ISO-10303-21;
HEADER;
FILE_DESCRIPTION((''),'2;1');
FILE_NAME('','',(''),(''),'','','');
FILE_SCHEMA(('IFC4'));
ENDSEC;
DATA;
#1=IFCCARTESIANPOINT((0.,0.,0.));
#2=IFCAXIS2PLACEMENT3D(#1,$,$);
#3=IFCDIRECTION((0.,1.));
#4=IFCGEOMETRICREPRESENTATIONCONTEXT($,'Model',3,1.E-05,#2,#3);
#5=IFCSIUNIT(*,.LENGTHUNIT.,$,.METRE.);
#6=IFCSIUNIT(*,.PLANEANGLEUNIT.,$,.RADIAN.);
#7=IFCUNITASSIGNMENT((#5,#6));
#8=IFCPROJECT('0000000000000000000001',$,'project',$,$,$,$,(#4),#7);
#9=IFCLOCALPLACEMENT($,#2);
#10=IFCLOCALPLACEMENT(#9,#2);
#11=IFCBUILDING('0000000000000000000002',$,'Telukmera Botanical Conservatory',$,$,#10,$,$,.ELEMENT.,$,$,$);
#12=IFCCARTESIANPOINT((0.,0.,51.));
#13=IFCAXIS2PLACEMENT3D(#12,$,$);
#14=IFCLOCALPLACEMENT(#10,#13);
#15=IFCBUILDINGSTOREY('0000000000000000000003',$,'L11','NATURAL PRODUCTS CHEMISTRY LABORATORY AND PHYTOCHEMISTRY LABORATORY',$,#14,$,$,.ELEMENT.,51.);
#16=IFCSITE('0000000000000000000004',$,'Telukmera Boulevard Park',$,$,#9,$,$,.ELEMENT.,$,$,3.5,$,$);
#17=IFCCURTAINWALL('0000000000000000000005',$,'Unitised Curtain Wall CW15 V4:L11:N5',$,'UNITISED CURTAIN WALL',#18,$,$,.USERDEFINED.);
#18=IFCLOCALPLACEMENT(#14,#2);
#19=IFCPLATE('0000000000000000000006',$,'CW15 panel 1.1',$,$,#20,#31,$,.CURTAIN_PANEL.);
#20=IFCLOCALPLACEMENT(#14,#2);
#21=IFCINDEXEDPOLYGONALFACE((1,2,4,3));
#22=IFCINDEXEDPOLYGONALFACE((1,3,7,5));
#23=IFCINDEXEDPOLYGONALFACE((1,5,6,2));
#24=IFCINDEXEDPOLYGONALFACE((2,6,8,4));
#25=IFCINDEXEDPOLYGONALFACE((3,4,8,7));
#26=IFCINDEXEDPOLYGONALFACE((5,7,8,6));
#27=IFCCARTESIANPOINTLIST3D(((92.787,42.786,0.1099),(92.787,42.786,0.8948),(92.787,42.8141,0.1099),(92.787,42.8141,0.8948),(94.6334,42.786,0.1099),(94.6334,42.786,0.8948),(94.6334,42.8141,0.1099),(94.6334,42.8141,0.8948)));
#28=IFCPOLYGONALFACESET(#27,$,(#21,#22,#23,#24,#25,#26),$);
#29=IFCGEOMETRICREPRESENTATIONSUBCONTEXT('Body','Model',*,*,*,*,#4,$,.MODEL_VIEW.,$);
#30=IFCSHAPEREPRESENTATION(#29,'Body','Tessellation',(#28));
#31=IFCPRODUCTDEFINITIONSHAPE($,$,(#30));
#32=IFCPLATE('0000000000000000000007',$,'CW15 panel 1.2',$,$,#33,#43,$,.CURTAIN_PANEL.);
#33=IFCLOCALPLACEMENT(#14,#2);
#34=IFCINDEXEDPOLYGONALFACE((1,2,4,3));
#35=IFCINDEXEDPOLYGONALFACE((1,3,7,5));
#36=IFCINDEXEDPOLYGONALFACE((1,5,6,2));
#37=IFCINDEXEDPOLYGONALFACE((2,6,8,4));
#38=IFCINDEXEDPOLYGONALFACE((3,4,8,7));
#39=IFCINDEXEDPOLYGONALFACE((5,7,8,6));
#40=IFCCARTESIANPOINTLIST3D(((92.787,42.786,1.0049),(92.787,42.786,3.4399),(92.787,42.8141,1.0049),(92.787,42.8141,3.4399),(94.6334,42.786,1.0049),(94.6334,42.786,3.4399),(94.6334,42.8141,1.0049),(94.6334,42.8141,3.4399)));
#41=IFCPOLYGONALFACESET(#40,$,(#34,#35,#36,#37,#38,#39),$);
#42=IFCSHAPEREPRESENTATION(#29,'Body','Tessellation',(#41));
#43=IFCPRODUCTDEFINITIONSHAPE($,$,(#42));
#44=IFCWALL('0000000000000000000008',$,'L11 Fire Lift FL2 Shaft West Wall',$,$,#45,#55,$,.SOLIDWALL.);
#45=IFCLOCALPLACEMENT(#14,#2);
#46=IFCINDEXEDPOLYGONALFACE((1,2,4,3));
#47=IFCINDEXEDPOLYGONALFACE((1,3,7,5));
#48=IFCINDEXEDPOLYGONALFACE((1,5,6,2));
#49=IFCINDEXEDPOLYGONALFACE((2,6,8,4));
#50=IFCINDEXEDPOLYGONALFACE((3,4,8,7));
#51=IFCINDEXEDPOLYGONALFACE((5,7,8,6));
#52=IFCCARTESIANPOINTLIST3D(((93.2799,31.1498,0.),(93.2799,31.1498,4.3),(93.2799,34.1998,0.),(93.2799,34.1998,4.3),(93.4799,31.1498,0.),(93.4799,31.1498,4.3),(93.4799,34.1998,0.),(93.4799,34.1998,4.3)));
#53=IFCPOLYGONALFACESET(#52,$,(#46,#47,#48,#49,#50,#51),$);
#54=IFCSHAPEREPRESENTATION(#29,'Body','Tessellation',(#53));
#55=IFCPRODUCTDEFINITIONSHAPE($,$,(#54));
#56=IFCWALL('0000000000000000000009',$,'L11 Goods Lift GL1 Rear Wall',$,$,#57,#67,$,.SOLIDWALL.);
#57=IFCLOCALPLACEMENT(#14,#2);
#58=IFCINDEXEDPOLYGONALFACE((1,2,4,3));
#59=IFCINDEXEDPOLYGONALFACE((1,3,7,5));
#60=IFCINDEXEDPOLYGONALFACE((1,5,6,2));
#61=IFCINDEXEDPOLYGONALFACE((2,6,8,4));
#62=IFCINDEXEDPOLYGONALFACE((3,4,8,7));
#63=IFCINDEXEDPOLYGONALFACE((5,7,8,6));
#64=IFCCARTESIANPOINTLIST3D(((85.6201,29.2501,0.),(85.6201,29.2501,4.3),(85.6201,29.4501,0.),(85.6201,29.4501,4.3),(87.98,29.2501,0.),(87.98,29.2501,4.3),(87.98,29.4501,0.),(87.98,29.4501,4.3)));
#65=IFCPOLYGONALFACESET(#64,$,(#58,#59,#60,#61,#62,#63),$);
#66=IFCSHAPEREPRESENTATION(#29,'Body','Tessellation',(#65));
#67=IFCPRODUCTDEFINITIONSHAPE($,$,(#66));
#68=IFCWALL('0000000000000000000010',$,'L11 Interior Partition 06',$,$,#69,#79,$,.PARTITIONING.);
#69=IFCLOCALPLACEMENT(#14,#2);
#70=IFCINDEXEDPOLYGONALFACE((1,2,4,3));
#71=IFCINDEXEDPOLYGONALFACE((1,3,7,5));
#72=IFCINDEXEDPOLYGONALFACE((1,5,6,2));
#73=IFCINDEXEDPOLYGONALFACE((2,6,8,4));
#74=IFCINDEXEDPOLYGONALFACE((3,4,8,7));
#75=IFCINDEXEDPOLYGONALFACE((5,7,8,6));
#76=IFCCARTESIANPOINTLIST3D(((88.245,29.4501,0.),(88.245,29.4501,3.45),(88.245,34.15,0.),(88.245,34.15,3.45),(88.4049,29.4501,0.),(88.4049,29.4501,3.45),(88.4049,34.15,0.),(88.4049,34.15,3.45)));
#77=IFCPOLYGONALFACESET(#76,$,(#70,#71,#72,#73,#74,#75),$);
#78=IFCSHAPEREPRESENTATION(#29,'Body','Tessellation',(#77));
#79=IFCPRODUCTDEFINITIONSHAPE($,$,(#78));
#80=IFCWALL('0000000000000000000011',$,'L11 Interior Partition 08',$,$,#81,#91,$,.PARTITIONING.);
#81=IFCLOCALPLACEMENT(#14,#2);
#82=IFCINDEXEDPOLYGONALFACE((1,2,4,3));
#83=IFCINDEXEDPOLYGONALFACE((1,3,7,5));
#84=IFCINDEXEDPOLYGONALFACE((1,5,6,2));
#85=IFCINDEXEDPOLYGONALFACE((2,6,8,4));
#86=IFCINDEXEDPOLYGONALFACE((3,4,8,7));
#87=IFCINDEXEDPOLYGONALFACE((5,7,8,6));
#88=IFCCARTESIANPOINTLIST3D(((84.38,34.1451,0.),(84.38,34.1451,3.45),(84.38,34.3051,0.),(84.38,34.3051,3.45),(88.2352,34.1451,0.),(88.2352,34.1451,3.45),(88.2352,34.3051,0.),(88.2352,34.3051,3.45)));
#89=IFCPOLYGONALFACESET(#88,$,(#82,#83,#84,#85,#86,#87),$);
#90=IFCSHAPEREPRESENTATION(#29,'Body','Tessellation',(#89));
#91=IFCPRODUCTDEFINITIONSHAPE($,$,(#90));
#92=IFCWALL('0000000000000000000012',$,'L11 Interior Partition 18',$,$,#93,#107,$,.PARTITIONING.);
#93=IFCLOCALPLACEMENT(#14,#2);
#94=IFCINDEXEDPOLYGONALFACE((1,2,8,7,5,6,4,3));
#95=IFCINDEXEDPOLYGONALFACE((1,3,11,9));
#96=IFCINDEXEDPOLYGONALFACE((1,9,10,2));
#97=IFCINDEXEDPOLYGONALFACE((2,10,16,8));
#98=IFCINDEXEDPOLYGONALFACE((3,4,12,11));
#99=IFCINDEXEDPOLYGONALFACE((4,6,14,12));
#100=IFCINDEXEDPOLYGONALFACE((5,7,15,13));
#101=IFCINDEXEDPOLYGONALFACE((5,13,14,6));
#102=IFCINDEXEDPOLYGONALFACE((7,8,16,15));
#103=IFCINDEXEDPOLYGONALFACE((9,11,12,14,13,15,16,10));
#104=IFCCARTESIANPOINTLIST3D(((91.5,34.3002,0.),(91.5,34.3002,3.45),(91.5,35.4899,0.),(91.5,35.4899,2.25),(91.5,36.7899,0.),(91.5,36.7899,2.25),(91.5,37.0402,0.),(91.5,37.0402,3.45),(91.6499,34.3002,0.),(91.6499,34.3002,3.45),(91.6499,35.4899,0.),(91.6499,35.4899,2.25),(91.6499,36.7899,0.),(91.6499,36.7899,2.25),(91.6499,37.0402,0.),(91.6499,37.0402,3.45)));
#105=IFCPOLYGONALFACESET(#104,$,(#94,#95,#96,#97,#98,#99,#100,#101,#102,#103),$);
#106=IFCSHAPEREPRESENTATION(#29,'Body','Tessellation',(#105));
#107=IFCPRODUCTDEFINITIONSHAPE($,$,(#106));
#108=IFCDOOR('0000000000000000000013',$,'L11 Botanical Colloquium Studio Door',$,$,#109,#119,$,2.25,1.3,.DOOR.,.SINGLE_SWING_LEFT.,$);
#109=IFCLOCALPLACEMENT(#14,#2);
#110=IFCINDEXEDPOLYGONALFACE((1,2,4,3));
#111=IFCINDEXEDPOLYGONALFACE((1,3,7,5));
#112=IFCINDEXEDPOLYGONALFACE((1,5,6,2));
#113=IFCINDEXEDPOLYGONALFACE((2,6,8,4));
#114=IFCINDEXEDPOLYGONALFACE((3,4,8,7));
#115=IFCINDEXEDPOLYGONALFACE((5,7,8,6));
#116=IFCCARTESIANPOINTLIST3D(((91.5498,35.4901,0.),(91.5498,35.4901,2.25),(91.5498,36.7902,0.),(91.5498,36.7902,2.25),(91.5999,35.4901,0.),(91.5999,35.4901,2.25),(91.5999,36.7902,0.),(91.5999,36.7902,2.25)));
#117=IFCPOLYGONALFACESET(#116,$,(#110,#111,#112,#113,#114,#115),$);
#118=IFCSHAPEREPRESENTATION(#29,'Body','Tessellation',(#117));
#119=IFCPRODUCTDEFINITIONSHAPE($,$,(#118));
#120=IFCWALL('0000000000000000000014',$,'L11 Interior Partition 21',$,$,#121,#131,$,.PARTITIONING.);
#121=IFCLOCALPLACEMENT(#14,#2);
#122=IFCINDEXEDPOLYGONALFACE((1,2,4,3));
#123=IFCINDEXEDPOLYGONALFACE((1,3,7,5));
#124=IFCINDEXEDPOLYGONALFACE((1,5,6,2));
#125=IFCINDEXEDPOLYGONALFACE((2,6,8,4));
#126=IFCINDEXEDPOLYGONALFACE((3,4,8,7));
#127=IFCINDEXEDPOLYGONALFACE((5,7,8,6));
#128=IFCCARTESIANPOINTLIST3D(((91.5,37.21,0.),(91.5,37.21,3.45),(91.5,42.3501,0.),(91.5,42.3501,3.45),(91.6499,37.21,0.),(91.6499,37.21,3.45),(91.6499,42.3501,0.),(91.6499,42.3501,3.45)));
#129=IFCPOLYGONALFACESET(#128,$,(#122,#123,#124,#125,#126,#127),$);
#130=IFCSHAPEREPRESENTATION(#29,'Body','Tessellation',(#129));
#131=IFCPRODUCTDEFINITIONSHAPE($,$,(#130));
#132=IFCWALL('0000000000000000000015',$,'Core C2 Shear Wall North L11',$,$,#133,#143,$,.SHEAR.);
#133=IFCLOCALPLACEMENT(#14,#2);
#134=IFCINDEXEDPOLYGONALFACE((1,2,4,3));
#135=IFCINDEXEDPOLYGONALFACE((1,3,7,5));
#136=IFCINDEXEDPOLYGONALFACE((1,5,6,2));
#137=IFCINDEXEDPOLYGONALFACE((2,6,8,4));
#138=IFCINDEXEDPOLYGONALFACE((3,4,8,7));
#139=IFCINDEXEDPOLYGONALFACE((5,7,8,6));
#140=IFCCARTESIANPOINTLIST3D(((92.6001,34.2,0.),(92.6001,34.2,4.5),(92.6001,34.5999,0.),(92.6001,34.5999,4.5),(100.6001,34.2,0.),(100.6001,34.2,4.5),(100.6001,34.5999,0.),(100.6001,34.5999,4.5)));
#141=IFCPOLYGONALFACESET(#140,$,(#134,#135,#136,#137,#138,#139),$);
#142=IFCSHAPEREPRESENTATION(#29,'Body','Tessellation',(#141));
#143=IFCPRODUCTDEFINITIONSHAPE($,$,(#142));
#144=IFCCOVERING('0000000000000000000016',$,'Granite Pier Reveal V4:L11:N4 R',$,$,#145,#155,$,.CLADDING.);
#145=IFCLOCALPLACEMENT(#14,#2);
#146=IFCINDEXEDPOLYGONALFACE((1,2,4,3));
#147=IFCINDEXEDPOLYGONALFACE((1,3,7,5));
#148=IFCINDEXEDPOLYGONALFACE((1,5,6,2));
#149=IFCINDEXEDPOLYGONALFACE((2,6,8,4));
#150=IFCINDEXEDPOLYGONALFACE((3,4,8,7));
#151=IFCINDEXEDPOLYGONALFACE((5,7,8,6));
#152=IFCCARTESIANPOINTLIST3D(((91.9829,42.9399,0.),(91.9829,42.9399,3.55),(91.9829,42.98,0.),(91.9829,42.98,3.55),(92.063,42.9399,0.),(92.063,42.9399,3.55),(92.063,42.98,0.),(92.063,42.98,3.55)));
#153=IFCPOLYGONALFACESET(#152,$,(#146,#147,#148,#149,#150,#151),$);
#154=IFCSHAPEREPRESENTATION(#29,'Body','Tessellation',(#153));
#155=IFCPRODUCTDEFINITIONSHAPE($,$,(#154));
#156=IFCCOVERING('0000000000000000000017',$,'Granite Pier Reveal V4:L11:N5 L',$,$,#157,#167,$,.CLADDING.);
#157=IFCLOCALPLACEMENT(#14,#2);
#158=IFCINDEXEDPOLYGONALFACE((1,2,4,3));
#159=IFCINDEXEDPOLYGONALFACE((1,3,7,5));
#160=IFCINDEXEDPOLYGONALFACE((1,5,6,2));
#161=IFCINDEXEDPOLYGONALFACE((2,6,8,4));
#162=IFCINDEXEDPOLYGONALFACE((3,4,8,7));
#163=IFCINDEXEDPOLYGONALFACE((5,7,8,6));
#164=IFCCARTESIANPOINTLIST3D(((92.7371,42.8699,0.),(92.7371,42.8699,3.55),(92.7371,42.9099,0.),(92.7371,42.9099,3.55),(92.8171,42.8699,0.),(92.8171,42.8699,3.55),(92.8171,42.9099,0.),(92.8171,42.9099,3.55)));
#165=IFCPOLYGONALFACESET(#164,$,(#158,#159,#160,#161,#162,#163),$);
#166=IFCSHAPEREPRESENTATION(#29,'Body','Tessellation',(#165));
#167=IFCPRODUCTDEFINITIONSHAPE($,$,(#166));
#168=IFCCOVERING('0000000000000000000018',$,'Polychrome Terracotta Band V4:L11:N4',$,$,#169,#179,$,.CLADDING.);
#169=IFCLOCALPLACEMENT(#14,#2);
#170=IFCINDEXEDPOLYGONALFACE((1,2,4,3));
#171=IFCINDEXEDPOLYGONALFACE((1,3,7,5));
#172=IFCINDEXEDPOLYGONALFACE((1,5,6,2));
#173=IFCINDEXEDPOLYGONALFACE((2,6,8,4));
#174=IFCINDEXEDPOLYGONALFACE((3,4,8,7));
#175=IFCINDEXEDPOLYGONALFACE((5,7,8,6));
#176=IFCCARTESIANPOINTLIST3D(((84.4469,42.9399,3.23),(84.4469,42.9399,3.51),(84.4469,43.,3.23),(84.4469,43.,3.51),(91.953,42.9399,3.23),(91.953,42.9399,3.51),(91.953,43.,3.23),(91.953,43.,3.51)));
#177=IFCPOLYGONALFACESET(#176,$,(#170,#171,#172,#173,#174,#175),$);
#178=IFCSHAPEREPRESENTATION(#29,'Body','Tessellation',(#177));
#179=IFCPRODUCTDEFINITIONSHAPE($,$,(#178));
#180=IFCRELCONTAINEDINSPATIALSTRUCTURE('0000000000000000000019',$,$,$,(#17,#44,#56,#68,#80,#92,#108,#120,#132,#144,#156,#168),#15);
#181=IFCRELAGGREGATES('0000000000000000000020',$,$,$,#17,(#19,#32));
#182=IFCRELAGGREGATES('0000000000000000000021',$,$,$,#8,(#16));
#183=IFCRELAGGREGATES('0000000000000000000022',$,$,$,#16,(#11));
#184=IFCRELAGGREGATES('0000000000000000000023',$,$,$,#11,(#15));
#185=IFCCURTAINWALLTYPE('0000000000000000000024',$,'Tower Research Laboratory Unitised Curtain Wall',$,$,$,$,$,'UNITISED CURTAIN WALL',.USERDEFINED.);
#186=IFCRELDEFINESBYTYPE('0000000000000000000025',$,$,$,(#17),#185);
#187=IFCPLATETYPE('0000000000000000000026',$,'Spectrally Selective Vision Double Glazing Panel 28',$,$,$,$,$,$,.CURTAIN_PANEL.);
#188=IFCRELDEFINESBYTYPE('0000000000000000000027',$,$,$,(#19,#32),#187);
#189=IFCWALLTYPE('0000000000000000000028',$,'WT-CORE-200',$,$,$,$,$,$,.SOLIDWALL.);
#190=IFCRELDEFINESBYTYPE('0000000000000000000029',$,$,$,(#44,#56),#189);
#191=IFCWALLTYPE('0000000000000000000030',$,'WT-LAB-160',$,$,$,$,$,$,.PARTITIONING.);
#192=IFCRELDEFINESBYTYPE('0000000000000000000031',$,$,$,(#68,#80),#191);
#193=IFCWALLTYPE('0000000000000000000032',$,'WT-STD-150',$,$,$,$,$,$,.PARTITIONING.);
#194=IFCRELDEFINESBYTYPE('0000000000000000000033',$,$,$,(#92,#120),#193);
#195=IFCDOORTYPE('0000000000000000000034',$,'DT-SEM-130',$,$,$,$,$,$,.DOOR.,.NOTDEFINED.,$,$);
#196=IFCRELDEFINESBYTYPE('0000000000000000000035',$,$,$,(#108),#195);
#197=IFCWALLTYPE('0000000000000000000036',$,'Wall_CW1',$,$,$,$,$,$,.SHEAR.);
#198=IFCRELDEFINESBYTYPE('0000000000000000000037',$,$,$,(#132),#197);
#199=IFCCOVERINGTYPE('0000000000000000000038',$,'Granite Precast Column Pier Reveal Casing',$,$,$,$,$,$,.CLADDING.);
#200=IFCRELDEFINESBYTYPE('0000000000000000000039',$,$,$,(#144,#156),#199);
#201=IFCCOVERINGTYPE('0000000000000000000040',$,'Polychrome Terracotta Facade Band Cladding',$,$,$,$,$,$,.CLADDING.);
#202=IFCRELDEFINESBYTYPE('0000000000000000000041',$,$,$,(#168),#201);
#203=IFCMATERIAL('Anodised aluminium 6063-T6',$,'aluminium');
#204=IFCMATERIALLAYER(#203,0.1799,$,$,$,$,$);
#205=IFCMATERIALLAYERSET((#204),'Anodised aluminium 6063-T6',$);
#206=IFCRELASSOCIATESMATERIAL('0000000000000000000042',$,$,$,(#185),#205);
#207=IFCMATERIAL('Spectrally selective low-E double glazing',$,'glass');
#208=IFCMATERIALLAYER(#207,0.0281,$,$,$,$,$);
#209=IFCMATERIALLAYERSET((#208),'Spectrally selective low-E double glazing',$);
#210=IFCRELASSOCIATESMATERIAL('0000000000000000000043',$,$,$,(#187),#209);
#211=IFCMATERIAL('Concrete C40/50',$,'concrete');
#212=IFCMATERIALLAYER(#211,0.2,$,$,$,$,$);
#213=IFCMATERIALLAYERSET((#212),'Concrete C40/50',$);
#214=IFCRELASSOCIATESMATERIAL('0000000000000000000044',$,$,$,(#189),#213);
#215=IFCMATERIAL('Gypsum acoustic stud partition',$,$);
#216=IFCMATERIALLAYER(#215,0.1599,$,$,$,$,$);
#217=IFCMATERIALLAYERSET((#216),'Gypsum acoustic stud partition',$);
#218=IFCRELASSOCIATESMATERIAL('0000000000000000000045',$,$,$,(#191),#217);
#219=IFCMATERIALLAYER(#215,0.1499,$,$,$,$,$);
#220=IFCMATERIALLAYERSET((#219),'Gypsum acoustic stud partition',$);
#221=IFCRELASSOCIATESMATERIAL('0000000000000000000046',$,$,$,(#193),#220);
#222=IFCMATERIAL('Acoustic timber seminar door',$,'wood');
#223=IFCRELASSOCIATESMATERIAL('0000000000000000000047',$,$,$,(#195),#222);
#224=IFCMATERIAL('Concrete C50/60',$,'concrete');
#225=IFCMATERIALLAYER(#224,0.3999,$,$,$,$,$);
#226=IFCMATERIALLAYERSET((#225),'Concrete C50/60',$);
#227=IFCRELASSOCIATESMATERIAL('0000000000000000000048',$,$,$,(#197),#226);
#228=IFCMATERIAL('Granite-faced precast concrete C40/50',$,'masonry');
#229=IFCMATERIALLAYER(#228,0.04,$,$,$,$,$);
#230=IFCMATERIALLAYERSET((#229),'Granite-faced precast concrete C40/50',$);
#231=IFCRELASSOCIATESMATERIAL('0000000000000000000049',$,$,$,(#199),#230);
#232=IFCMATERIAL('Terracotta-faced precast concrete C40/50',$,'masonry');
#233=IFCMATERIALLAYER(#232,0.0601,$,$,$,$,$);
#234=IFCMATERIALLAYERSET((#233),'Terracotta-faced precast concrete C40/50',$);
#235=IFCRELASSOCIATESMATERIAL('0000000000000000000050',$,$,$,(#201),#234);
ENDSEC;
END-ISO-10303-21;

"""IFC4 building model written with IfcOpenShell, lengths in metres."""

from ifc_helpers import new_model, si_unit, direction, frame, frame_2d, origin, origin_2d, place, context, subcontext, project, spatial, rectangle, extrude, material, layer, layer_set, type_object, element, fill, aggregate, save


model = new_model("IFC4")

# Units and contexts
model_context = context("Model", 3, precision=1e-05, world=origin(), true_north=direction((0.0, 1.0)))
body_context = subcontext(model_context, "Body", "Model", "MODEL_VIEW")
ifc_project = project(units=[si_unit("LENGTHUNIT", "METRE"), si_unit("PLANEANGLEUNIT", "RADIAN")], contexts=[model_context])

# Site, building, storey
site_placement = place(None, origin())
site = spatial("IfcSite", under=ifc_project, at=site_placement, Name="Telukmera Boulevard Park", CompositionType="ELEMENT", RefElevation=3.5)
building_placement = place(site_placement, origin())
building = spatial("IfcBuilding", under=site, at=building_placement, Name="Telukmera Botanical Conservatory", CompositionType="ELEMENT")
storey_placement = place(building_placement, frame((0.0, 0.0, 51.0)))
storey = spatial("IfcBuildingStorey", under=building, at=storey_placement, Name="L11", Description="NATURAL PRODUCTS CHEMISTRY LABORATORY AND PHYTOCHEMISTRY LABORATORY", CompositionType="ELEMENT", Elevation=51.0)

# Shared definitions
ifc_material_1 = material(Name="Concrete C40/50", Category="concrete")
ifc_material_2 = material(Name="Concrete C50/60", Category="concrete")

# Curtain wall, plates
ifc_material_3 = material(Name="Anodised aluminium 6063-T6", Category="aluminium")
ifc_layer_1 = layer(ifc_material_3, 0.1799)
ifc_layer_set_1 = layer_set([ifc_layer_1], Name="Anodised aluminium 6063-T6")
curtain_wall_type = type_object("IfcCurtainWallType", Name="Tower Research Laboratory Unitised Curtain Wall", ElementType="UNITISED CURTAIN WALL", PredefinedType="USERDEFINED", material=ifc_layer_set_1)
curtain_wall_placement = place(storey_placement, origin())
curtain_wall = element("IfcCurtainWall", 1, at=curtain_wall_placement, inside=storey, type_object=curtain_wall_type, Name="Unitised Curtain Wall CW15 V4:L11:N5", ObjectType="UNITISED CURTAIN WALL", PredefinedType="USERDEFINED")
ifc_material_4 = material(Name="Spectrally selective low-E double glazing", Category="glass")
ifc_layer_2 = layer(ifc_material_4, 0.0281)
ifc_layer_set_2 = layer_set([ifc_layer_2], Name="Spectrally selective low-E double glazing")
plate_type = type_object("IfcPlateType", Name="Spectrally Selective Vision Double Glazing Panel 28", PredefinedType="CURTAIN_PANEL", material=ifc_layer_set_2)
plate_1_placement = place(storey_placement, frame((93.7102, 42.8, 0.1099), z_axis=(0.0, 0.0, 1.0), x_axis=(1.0, 0.0, 0.0)))
plate_1 = element("IfcPlate", 2, at=plate_1_placement, type_object=plate_type, Name="CW15 panel 1.1", PredefinedType="CURTAIN_PANEL", context=body_context, shape_type="SweptSolid", body=[
    extrude(rectangle(XDim=1.8464, YDim=0.0281, at=origin_2d()), origin(), (0.0, 0.0, 1.0), 0.7849),
])
plate_2_placement = place(storey_placement, frame((93.7102, 42.8, 1.0049), z_axis=(0.0, 0.0, 1.0), x_axis=(1.0, 0.0, 0.0)))
plate_2 = element("IfcPlate", 3, at=plate_2_placement, type_object=plate_type, Name="CW15 panel 1.2", PredefinedType="CURTAIN_PANEL", context=body_context, shape_type="SweptSolid", body=[
    extrude(rectangle(XDim=1.8464, YDim=0.0281, at=origin_2d()), origin(), (0.0, 0.0, 1.0), 2.4351),
])
aggregate(curtain_wall, [plate_1, plate_2])

# Shared definitions
ifc_layer_3 = layer(ifc_material_1, 0.2)
ifc_layer_set_3 = layer_set([ifc_layer_3], Name="Concrete C40/50")
wall_type_1 = type_object("IfcWallType", Name="WT-CORE-200", PredefinedType="SOLIDWALL", material=ifc_layer_set_3)

# Walls
wall_1_placement = place(storey_placement, frame((93.3799, 31.1499, 0.0), z_axis=(0.0, 0.0, 1.0), x_axis=(0.0, 1.0, 0.0)))
element("IfcWall", 4, at=wall_1_placement, inside=storey, type_object=wall_type_1, Name="L11 Fire Lift FL2 Shaft West Wall", PredefinedType="SOLIDWALL", context=body_context, shape_type="SweptSolid", body=[
    extrude(rectangle(XDim=3.05, YDim=0.2, at=frame_2d((1.5249, 0.0))), origin(), (0.0, 0.0, 1.0), 4.3),
])
wall_2_placement = place(storey_placement, frame((85.6201, 29.3501, 0.0), z_axis=(0.0, 0.0, 1.0), x_axis=(1.0, 0.0, 0.0)))
element("IfcWall", 5, at=wall_2_placement, inside=storey, type_object=wall_type_1, Name="L11 Goods Lift GL1 Rear Wall", PredefinedType="SOLIDWALL", context=body_context, shape_type="SweptSolid", body=[
    extrude(rectangle(XDim=2.3599, YDim=0.2, at=frame_2d((1.1799, 0.0))), origin(), (0.0, 0.0, 1.0), 4.3),
])
ifc_material_5 = material(Name="Gypsum acoustic stud partition")
ifc_layer_4 = layer(ifc_material_5, 0.1599)
ifc_layer_set_4 = layer_set([ifc_layer_4], Name="Gypsum acoustic stud partition")
wall_type_2 = type_object("IfcWallType", Name="WT-LAB-160", PredefinedType="PARTITIONING", material=ifc_layer_set_4)
wall_3_placement = place(storey_placement, frame((88.325, 29.45, 0.0), z_axis=(0.0, 0.0, 1.0), x_axis=(0.0, 1.0, 0.0)))
element("IfcWall", 6, at=wall_3_placement, inside=storey, type_object=wall_type_2, Name="L11 Interior Partition 06", PredefinedType="PARTITIONING", context=body_context, shape_type="SweptSolid", body=[
    extrude(rectangle(XDim=4.7, YDim=0.1599, at=frame_2d((2.3501, 0.0))), origin(), (0.0, 0.0, 1.0), 3.45),
])
wall_4_placement = place(storey_placement, frame((84.3799, 34.2251, 0.0), z_axis=(0.0, 0.0, 1.0), x_axis=(1.0, 0.0, 0.0)))
element("IfcWall", 7, at=wall_4_placement, inside=storey, type_object=wall_type_2, Name="L11 Interior Partition 08", PredefinedType="PARTITIONING", context=body_context, shape_type="SweptSolid", body=[
    extrude(rectangle(XDim=3.8552, YDim=0.1599, at=frame_2d((1.9277, 0.0))), origin(), (0.0, 0.0, 1.0), 3.45),
])

# Wall, opening, door
ifc_layer_5 = layer(ifc_material_5, 0.1499)
ifc_layer_set_5 = layer_set([ifc_layer_5], Name="Gypsum acoustic stud partition")
wall_type_3 = type_object("IfcWallType", Name="WT-STD-150", PredefinedType="PARTITIONING", material=ifc_layer_set_5)
wall_5_placement = place(storey_placement, frame((91.575, 34.3, 0.0), z_axis=(0.0, 0.0, 1.0), x_axis=(0.0, 1.0, 0.0)))
wall_5 = element("IfcWall", 8, at=wall_5_placement, inside=storey, type_object=wall_type_3, Name="L11 Interior Partition 18", PredefinedType="PARTITIONING", context=body_context, shape_type="SweptSolid", body=[
    extrude(rectangle(XDim=2.74, YDim=0.1499, at=frame_2d((1.3701, 0.0))), origin(), (0.0, 0.0, 1.0), 3.45),
])
opening_1_placement = place(wall_5_placement, frame((1.1899, 0.0, 0.0)))
opening_1 = element("IfcOpeningElement", 9, at=opening_1_placement, cuts=wall_5, PredefinedType="OPENING", context=body_context, shape_type="SweptSolid", body=[
    extrude(rectangle(XDim=1.3, YDim=2.25, at=frame_2d((0.6499, 1.125))), frame((0.0, 0.085, 0.0), z_axis=(0.0, -1.0, 0.0), x_axis=(1.0, 0.0, 0.0)), (0.0, 0.0, 1.0), 0.1699),
])
ifc_material_6 = material(Name="Acoustic timber seminar door", Category="wood")
door_type_1 = type_object("IfcDoorType", Name="DT-SEM-130", OperationType="NOTDEFINED", PredefinedType="DOOR", material=ifc_material_6)
door_1_placement = place(opening_1_placement, frame((1.3, 0.0, 0.0), z_axis=(0.0, 0.0, 1.0), x_axis=(-1.0, 0.0, 0.0)))
door_1 = element("IfcDoor", 10, at=door_1_placement, inside=storey, type_object=door_type_1, Name="L11 Botanical Colloquium Studio Door", OperationType="SINGLE_SWING_LEFT", OverallHeight=2.25, OverallWidth=1.3, PredefinedType="DOOR", context=body_context, shape_type="SweptSolid", body=[
    extrude(rectangle(XDim=1.3, YDim=2.25, at=frame_2d((0.6499, 1.125))), frame((0.0, 0.0249, 0.0), z_axis=(0.0, -1.0, 0.0), x_axis=(1.0, 0.0, 0.0)), (0.0, 0.0, 1.0), 0.05),
])
fill(opening_1, door_1)

# Walls
wall_6_placement = place(storey_placement, frame((91.575, 37.21, 0.0), z_axis=(0.0, 0.0, 1.0), x_axis=(0.0, 1.0, 0.0)))
element("IfcWall", 11, at=wall_6_placement, inside=storey, type_object=wall_type_3, Name="L11 Interior Partition 21", PredefinedType="PARTITIONING", context=body_context, shape_type="SweptSolid", body=[
    extrude(rectangle(XDim=5.1401, YDim=0.1499, at=frame_2d((2.5701, 0.0))), origin(), (0.0, 0.0, 1.0), 3.45),
])
ifc_layer_6 = layer(ifc_material_2, 0.3999)
ifc_layer_set_6 = layer_set([ifc_layer_6], Name="Concrete C50/60")
wall_type_4 = type_object("IfcWallType", Name="Wall_CW1", PredefinedType="SHEAR", material=ifc_layer_set_6)
wall_7_placement = place(storey_placement, frame((92.6001, 34.3999, 0.0), z_axis=(0.0, 0.0, 1.0), x_axis=(1.0, 0.0, 0.0)))
element("IfcWall", 12, at=wall_7_placement, inside=storey, type_object=wall_type_4, Name="Core C2 Shear Wall North L11", PredefinedType="SHEAR", context=body_context, shape_type="SweptSolid", body=[
    extrude(rectangle(XDim=8.0, YDim=0.3999, at=frame_2d((4.0, 0.0))), origin(), (0.0, 0.0, 1.0), 4.5),
])

# Coverings
ifc_material_7 = material(Name="Granite-faced precast concrete C40/50", Category="masonry")
ifc_layer_7 = layer(ifc_material_7, 0.04)
ifc_layer_set_7 = layer_set([ifc_layer_7], Name="Granite-faced precast concrete C40/50")
covering_type_1 = type_object("IfcCoveringType", Name="Granite Precast Column Pier Reveal Casing", PredefinedType="CLADDING", material=ifc_layer_set_7)
for number, where, z_axis, x_axis, name in (
    (13, (92.0229, 42.96, 0.0), (0.0, 0.0, 1.0), (1.0, 0.0, 0.0), "Granite Pier Reveal V4:L11:N4 R"),
    (14, (92.7771, 42.8899, 0.0), (0.0, 0.0, 1.0), (1.0, 0.0, 0.0), "Granite Pier Reveal V4:L11:N5 L"),
):
    element("IfcCovering", number, at=place(storey_placement, frame(where, z_axis=z_axis, x_axis=x_axis)), inside=storey, type_object=covering_type_1, Name=name, PredefinedType="CLADDING", context=body_context, shape_type="SweptSolid", body=[
        extrude(rectangle(XDim=0.0801, YDim=0.04, at=origin_2d()), origin(), (0.0, 0.0, 1.0), 3.55),
    ])
ifc_material_8 = material(Name="Terracotta-faced precast concrete C40/50", Category="masonry")
ifc_layer_8 = layer(ifc_material_8, 0.0601)
ifc_layer_set_8 = layer_set([ifc_layer_8], Name="Terracotta-faced precast concrete C40/50")
covering_type_2 = type_object("IfcCoveringType", Name="Polychrome Terracotta Facade Band Cladding", PredefinedType="CLADDING", material=ifc_layer_set_8)
covering_placement = place(storey_placement, frame((88.2, 42.97, 3.23), z_axis=(0.0, 0.0, 1.0), x_axis=(1.0, 0.0, 0.0)))
element("IfcCovering", 15, at=covering_placement, inside=storey, type_object=covering_type_2, Name="Polychrome Terracotta Band V4:L11:N4", PredefinedType="CLADDING", context=body_context, shape_type="SweptSolid", body=[
    extrude(rectangle(XDim=7.5061, YDim=0.0601, at=origin_2d()), origin(), (0.0, 0.0, 1.0), 0.28),
])

save(model, "model.ifc")
